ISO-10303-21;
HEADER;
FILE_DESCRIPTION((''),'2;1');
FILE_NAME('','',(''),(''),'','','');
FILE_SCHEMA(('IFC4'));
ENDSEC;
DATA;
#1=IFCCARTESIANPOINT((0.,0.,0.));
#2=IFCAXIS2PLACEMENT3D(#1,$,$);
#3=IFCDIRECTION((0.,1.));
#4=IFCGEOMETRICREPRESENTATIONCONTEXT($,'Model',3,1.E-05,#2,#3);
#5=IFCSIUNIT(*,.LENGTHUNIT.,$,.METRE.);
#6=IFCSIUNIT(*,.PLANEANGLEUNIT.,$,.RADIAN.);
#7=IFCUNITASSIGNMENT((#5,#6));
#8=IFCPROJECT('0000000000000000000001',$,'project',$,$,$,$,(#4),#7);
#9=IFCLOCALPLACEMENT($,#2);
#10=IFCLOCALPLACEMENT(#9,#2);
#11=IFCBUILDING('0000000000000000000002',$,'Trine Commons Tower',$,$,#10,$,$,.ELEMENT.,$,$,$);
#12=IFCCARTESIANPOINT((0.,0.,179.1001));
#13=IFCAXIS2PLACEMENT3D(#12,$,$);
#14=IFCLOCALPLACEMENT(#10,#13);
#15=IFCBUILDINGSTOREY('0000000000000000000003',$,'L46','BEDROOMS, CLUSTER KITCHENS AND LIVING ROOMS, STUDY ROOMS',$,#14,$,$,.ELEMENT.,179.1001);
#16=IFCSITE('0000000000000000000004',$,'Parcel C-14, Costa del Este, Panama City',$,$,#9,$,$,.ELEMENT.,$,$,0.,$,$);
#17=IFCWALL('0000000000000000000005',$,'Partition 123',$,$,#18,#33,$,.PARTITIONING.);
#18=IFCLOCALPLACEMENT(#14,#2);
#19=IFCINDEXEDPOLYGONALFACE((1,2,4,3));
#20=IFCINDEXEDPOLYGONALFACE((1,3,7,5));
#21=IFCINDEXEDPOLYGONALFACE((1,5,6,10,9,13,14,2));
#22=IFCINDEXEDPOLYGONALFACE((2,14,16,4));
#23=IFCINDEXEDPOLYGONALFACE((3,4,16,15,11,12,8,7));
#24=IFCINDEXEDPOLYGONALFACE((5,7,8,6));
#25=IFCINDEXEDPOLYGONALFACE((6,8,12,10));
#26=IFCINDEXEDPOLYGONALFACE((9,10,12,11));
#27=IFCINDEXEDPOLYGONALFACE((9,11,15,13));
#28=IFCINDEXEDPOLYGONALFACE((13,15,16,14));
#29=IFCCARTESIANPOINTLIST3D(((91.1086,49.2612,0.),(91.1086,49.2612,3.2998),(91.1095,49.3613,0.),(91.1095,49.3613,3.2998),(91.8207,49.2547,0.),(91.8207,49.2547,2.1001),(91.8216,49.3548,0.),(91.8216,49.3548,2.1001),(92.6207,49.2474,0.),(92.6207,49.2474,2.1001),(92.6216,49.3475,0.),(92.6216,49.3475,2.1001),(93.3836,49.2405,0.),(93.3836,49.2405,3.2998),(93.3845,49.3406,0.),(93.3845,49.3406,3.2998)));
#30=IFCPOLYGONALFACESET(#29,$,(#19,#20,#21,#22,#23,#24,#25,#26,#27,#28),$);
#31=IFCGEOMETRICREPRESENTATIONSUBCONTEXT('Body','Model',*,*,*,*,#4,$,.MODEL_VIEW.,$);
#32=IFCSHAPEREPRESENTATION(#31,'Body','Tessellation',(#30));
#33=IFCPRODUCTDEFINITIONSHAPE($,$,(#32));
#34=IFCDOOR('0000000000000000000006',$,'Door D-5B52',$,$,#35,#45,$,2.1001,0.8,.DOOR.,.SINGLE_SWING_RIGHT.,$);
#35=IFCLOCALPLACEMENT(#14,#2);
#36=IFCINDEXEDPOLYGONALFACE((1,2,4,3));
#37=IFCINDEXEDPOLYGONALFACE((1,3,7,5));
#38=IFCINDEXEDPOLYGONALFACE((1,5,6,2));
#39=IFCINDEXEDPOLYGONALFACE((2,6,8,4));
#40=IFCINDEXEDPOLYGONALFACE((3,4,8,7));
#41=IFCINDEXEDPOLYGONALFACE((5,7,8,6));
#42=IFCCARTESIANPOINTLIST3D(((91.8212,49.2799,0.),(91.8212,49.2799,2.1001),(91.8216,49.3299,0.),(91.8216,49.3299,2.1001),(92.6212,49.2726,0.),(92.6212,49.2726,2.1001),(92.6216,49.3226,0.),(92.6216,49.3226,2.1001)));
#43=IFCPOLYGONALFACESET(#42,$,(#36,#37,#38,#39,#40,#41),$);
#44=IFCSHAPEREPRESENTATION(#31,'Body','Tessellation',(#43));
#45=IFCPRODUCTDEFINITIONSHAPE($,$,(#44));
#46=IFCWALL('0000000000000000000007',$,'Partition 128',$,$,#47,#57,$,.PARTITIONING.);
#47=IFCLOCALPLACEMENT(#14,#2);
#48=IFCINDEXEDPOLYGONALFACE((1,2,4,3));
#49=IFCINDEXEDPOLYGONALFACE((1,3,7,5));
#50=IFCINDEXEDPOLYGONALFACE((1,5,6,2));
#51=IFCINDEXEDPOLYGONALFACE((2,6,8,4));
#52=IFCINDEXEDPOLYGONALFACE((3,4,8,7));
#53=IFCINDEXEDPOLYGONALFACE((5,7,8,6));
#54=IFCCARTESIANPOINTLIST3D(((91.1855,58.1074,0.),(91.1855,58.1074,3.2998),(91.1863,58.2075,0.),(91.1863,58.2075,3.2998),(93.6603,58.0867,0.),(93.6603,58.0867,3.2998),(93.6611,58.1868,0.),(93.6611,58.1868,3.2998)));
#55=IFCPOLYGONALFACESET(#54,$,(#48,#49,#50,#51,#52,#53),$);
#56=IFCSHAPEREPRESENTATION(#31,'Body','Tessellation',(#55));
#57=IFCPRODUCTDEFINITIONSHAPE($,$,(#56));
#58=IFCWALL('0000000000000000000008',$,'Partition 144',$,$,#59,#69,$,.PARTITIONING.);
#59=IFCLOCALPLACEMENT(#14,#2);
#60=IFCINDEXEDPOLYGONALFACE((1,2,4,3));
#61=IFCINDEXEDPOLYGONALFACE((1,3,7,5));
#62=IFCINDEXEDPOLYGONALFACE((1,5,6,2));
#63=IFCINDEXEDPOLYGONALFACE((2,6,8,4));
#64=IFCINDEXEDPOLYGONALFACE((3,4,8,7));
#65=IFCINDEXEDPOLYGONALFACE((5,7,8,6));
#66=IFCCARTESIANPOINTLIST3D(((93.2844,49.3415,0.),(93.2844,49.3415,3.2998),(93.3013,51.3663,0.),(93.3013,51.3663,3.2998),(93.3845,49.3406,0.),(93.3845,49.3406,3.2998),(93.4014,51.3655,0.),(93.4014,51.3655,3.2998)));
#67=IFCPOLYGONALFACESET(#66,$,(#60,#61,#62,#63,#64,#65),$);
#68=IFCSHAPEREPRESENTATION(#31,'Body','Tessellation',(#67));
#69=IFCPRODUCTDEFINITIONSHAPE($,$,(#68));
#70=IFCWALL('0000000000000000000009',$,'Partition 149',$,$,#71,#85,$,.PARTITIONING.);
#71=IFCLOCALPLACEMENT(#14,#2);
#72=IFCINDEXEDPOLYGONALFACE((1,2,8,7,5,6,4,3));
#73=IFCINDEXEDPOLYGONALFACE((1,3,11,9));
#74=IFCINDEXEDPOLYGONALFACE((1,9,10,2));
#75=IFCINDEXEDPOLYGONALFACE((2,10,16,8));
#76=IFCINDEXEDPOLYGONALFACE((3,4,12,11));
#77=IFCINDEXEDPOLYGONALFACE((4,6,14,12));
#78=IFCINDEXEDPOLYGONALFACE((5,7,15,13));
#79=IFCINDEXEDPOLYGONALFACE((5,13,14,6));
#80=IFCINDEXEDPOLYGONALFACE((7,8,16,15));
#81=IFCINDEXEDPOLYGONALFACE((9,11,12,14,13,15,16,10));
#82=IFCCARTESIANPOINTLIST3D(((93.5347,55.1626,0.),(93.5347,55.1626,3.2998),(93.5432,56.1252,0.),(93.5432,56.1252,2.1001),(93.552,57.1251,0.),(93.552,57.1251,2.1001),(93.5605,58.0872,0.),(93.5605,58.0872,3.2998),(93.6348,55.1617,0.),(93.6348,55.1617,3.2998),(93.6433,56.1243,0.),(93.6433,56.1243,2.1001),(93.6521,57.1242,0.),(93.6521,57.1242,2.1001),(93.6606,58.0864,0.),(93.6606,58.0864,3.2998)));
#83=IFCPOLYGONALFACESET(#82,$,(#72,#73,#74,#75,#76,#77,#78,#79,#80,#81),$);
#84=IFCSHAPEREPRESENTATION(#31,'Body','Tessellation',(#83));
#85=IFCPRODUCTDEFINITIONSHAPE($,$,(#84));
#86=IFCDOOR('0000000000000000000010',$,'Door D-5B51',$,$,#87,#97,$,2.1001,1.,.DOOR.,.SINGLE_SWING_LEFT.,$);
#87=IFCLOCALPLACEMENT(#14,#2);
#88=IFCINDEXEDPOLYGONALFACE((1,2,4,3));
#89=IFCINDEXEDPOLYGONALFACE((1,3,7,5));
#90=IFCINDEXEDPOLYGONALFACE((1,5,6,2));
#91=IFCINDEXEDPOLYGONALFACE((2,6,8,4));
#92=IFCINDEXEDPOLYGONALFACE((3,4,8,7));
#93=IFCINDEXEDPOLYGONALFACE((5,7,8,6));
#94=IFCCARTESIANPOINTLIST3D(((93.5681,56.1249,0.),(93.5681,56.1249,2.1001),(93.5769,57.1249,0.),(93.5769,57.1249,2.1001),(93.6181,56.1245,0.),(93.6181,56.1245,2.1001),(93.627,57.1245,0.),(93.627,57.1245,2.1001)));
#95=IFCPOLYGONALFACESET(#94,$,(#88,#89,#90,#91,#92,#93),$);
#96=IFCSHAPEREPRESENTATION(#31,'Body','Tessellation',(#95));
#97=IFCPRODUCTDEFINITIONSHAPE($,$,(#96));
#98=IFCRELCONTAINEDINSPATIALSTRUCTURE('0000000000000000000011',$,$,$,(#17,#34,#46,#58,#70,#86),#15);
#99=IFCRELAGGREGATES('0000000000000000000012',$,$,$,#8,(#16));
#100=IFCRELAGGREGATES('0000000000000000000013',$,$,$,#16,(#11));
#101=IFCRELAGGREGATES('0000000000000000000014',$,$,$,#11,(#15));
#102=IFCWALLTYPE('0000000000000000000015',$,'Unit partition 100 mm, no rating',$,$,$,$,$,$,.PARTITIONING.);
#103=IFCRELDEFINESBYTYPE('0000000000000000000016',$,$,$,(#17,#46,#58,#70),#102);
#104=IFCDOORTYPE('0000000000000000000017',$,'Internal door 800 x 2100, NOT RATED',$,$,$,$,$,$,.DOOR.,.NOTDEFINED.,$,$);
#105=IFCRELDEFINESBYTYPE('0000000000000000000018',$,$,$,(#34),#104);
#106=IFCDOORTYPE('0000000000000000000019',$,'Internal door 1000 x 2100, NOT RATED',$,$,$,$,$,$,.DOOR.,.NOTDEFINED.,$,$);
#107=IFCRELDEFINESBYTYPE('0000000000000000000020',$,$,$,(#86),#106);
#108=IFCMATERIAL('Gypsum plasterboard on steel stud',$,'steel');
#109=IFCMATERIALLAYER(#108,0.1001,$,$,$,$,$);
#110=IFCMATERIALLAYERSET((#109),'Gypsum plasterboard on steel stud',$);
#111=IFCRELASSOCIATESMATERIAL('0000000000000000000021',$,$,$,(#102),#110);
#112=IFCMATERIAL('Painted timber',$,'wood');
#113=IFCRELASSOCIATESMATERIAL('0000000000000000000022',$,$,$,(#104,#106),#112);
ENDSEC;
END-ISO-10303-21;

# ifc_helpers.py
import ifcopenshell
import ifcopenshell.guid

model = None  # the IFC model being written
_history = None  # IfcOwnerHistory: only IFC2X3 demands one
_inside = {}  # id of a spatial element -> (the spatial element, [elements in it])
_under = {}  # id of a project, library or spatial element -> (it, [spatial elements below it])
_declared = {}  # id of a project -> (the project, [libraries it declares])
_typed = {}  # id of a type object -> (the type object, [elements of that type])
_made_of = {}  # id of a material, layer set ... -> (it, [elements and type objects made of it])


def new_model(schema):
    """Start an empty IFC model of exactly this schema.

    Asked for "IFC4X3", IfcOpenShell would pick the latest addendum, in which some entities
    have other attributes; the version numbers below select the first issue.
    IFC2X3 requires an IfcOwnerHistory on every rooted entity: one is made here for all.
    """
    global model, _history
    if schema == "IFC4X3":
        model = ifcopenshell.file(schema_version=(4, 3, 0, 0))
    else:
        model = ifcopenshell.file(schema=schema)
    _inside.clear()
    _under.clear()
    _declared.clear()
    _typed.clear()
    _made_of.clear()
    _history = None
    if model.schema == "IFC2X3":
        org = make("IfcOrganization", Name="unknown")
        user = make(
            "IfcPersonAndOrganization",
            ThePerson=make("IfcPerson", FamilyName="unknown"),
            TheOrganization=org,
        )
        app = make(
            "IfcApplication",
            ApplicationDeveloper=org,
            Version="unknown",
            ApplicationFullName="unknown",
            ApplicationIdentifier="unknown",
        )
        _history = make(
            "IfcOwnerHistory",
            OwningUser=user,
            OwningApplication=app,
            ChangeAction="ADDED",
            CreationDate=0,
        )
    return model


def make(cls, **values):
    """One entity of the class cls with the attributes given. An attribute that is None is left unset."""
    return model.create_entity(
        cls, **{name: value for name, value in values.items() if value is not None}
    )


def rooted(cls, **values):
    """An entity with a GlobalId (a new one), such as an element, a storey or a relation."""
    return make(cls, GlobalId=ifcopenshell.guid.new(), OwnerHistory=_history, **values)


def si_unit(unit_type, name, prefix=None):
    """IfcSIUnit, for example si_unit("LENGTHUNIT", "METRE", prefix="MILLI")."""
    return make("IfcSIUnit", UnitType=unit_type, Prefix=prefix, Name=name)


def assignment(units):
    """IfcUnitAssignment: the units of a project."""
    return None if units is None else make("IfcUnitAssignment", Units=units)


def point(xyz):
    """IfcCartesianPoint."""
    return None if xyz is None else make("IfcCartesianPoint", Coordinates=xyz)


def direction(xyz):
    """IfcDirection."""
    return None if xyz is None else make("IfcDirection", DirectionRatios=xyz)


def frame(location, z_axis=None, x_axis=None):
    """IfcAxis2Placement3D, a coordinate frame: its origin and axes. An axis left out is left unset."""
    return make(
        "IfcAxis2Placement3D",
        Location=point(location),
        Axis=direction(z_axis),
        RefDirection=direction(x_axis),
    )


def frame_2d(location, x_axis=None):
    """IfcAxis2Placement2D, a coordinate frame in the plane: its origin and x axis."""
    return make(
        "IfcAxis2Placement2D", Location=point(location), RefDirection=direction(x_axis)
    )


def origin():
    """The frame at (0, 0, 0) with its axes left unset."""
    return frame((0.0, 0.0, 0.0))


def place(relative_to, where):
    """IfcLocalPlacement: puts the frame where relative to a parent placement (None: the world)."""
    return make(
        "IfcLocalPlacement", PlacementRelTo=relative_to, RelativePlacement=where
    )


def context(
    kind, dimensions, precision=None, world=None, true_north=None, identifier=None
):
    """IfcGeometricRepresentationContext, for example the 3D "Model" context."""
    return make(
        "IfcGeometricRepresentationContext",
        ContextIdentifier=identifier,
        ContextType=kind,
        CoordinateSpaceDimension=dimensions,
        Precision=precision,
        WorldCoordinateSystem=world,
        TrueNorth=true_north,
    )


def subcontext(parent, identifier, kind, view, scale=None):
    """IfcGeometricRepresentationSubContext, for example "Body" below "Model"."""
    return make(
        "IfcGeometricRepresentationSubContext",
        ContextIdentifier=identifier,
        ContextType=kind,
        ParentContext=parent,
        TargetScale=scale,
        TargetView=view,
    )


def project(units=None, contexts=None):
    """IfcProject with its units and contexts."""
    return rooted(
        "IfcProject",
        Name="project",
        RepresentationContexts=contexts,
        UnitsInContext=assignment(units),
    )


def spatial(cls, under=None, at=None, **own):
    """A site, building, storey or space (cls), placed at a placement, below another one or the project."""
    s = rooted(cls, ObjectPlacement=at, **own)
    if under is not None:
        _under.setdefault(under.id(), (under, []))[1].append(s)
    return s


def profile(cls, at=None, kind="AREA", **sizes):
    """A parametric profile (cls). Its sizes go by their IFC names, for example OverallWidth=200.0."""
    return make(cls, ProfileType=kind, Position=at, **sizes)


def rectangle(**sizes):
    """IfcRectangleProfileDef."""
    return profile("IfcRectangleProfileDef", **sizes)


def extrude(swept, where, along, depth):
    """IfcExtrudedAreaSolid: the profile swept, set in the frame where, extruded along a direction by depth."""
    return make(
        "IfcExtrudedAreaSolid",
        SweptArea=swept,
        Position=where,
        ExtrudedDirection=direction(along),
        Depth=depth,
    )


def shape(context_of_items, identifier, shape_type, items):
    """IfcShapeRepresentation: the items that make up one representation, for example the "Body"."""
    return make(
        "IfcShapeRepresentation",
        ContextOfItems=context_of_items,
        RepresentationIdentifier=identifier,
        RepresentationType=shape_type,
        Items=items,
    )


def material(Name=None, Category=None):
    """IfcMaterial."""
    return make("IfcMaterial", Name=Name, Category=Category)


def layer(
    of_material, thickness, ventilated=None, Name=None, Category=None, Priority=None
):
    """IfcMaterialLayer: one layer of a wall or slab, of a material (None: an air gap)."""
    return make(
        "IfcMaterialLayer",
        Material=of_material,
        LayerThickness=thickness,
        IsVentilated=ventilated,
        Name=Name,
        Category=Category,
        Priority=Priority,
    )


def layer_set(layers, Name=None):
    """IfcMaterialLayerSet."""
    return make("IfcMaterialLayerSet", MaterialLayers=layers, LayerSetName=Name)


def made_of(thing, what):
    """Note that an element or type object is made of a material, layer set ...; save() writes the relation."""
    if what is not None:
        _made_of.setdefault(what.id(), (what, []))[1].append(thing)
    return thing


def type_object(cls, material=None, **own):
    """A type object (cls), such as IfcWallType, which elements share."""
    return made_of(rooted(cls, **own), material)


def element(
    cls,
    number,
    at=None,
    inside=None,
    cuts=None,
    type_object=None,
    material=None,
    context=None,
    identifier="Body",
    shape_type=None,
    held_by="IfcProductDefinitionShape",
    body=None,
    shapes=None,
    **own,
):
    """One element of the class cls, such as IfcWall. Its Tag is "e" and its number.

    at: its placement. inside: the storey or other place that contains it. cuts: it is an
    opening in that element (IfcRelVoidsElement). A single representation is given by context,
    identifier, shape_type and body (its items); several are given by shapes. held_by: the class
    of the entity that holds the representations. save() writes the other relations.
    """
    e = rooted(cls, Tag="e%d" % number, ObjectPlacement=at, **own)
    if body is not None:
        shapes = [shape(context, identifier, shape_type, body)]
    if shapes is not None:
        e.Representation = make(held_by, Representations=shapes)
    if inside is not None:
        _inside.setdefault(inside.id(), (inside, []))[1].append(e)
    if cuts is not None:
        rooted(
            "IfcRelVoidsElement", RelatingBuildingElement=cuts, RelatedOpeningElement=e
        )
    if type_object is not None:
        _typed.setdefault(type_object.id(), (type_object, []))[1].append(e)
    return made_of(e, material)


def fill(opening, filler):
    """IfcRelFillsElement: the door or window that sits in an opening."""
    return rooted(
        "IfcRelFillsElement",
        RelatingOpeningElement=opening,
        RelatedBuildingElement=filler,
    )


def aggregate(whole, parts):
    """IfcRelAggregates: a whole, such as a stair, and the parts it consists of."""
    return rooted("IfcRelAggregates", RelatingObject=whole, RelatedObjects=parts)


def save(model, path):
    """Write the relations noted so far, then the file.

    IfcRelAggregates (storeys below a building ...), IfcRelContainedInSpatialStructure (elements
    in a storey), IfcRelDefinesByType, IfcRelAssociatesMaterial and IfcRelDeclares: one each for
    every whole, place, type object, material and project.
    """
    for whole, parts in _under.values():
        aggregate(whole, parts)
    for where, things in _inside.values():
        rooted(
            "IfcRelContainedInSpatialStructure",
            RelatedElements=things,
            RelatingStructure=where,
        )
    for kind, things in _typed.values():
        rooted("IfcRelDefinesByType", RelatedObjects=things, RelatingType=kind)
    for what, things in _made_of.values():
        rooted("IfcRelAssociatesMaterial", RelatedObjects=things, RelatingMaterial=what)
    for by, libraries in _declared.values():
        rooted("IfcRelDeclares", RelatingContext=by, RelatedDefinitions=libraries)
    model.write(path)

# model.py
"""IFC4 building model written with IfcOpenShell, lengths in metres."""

from ifc_helpers import new_model, si_unit, direction, frame, frame_2d, origin, place, context, subcontext, project, spatial, rectangle, extrude, material, layer, layer_set, type_object, element, fill, save


model = new_model("IFC4")

# Units and contexts
model_context = context("Model", 3, precision=1e-05, world=origin(), true_north=direction((0.0, 1.0)))
body_context = subcontext(model_context, "Body", "Model", "MODEL_VIEW")
ifc_project = project(units=[si_unit("LENGTHUNIT", "METRE"), si_unit("PLANEANGLEUNIT", "RADIAN")], contexts=[model_context])

# Site, building, storey
site_placement = place(None, origin())
site = spatial("IfcSite", under=ifc_project, at=site_placement, Name="Parcel C-14, Costa del Este, Panama City", CompositionType="ELEMENT", RefElevation=0.0)
building_placement = place(site_placement, origin())
building = spatial("IfcBuilding", under=site, at=building_placement, Name="Trine Commons Tower", CompositionType="ELEMENT")
storey_placement = place(building_placement, frame((0.0, 0.0, 179.1001)))
storey = spatial("IfcBuildingStorey", under=building, at=storey_placement, Name="L46", Description="BEDROOMS, CLUSTER KITCHENS AND LIVING ROOMS, STUDY ROOMS", CompositionType="ELEMENT", Elevation=179.1001)

# Shared definitions
ifc_material_1 = material(Name="Gypsum plasterboard on steel stud", Category="steel")
ifc_material_2 = material(Name="Painted timber", Category="wood")

# Wall, opening, door
ifc_layer_1 = layer(ifc_material_1, 0.1001)
ifc_layer_set_1 = layer_set([ifc_layer_1], Name="Gypsum plasterboard on steel stud")
wall_type_1 = type_object("IfcWallType", Name="Unit partition 100 mm, no rating", PredefinedType="PARTITIONING", material=ifc_layer_set_1)
wall_1_placement = place(storey_placement, frame((91.1089, 49.3113, 0.0), z_axis=(0.0, 0.0, 1.0), x_axis=(0.999958, -0.009121, 0.0)))
wall_1 = element("IfcWall", 1, at=wall_1_placement, inside=storey, type_object=wall_type_1, Name="Partition 123", PredefinedType="PARTITIONING", context=body_context, shape_type="SweptSolid", body=[
    extrude(rectangle(XDim=2.2751, YDim=0.1001, at=frame_2d((1.1377, 0.0))), origin(), (0.0, 0.0, 1.0), 3.2998),
])
opening_1_placement = place(wall_1_placement, frame((0.7124, 0.0, 0.0)))
opening_1 = element("IfcOpeningElement", 2, at=opening_1_placement, cuts=wall_1, PredefinedType="OPENING", context=body_context, shape_type="SweptSolid", body=[
    extrude(rectangle(XDim=0.8, YDim=2.1001, at=frame_2d((0.3999, 1.05))), frame((0.0, 0.0601, 0.0), z_axis=(0.0, -1.0, 0.0), x_axis=(1.0, 0.0, 0.0)), (0.0, 0.0, 1.0), 0.1201),
])
door_type_1 = type_object("IfcDoorType", Name="Internal door 800 x 2100, NOT RATED", OperationType="NOTDEFINED", PredefinedType="DOOR", material=ifc_material_2)
door_1_placement = place(opening_1_placement, frame((0.8, 0.0, 0.0), z_axis=(0.0, 0.0, 1.0), x_axis=(-1.0, 0.0, 0.0)))
door_1 = element("IfcDoor", 3, at=door_1_placement, inside=storey, type_object=door_type_1, Name="Door D-5B52", OperationType="SINGLE_SWING_RIGHT", OverallHeight=2.1001, OverallWidth=0.8, PredefinedType="DOOR", context=body_context, shape_type="SweptSolid", body=[
    extrude(rectangle(XDim=0.8, YDim=2.1001, at=frame_2d((0.3999, 1.05))), frame((0.0, 0.0249, 0.0), z_axis=(0.0, -1.0, 0.0), x_axis=(1.0, 0.0, 0.0)), (0.0, 0.0, 1.0), 0.05),
])
fill(opening_1, door_1)

# Walls
wall_2_placement = place(storey_placement, frame((91.186, 58.1575, 0.0), z_axis=(0.0, 0.0, 1.0), x_axis=(0.999965, -0.008385, 0.0)))
element("IfcWall", 4, at=wall_2_placement, inside=storey, type_object=wall_type_1, Name="Partition 128", PredefinedType="PARTITIONING", context=body_context, shape_type="SweptSolid", body=[
    extrude(rectangle(XDim=2.4749, YDim=0.1001, at=frame_2d((1.2373, 0.0))), origin(), (0.0, 0.0, 1.0), 3.2998),
])
wall_3_placement = place(storey_placement, frame((93.3345, 49.3411, 0.0), z_axis=(0.0, 0.0, 1.0), x_axis=(0.008319, 0.999965, 0.0)))
element("IfcWall", 5, at=wall_3_placement, inside=storey, type_object=wall_type_1, Name="Partition 144", PredefinedType="PARTITIONING", context=body_context, shape_type="SweptSolid", body=[
    extrude(rectangle(XDim=2.0249, YDim=0.1001, at=frame_2d((1.0125, 0.0))), origin(), (0.0, 0.0, 1.0), 3.2998),
])

# Wall, opening, door
wall_4_placement = place(storey_placement, frame((93.5847, 55.1621, 0.0), z_axis=(0.0, 0.0, 1.0), x_axis=(0.008848, 0.999961, 0.0)))
wall_4 = element("IfcWall", 6, at=wall_4_placement, inside=storey, type_object=wall_type_1, Name="Partition 149", PredefinedType="PARTITIONING", context=body_context, shape_type="SweptSolid", body=[
    extrude(rectangle(XDim=2.9248, YDim=0.1001, at=frame_2d((1.4624, 0.0))), origin(), (0.0, 0.0, 1.0), 3.2998),
])
opening_2_placement = place(wall_4_placement, frame((0.9626, 0.0, 0.0)))
opening_2 = element("IfcOpeningElement", 7, at=opening_2_placement, cuts=wall_4, PredefinedType="OPENING", context=body_context, shape_type="SweptSolid", body=[
    extrude(rectangle(XDim=1.0, YDim=2.1001, at=frame_2d((0.5, 1.05))), frame((0.0, 0.0601, 0.0), z_axis=(0.0, -1.0, 0.0), x_axis=(1.0, 0.0, 0.0)), (0.0, 0.0, 1.0), 0.1201),
])
door_type_2 = type_object("IfcDoorType", Name="Internal door 1000 x 2100, NOT RATED", OperationType="NOTDEFINED", PredefinedType="DOOR", material=ifc_material_2)
door_2_placement = place(opening_2_placement, frame((1.0, 0.0, 0.0), z_axis=(0.0, 0.0, 1.0), x_axis=(-1.0, 0.0, 0.0)))
door_2 = element("IfcDoor", 8, at=door_2_placement, inside=storey, type_object=door_type_2, Name="Door D-5B51", OperationType="SINGLE_SWING_LEFT", OverallHeight=2.1001, OverallWidth=1.0, PredefinedType="DOOR", context=body_context, shape_type="SweptSolid", body=[
    extrude(rectangle(XDim=1.0, YDim=2.1001, at=frame_2d((0.5, 1.05))), frame((0.0, 0.0249, 0.0), z_axis=(0.0, -1.0, 0.0), x_axis=(1.0, 0.0, 0.0)), (0.0, 0.0, 1.0), 0.05),
])
fill(opening_2, door_2)

save(model, "model.ifc")
